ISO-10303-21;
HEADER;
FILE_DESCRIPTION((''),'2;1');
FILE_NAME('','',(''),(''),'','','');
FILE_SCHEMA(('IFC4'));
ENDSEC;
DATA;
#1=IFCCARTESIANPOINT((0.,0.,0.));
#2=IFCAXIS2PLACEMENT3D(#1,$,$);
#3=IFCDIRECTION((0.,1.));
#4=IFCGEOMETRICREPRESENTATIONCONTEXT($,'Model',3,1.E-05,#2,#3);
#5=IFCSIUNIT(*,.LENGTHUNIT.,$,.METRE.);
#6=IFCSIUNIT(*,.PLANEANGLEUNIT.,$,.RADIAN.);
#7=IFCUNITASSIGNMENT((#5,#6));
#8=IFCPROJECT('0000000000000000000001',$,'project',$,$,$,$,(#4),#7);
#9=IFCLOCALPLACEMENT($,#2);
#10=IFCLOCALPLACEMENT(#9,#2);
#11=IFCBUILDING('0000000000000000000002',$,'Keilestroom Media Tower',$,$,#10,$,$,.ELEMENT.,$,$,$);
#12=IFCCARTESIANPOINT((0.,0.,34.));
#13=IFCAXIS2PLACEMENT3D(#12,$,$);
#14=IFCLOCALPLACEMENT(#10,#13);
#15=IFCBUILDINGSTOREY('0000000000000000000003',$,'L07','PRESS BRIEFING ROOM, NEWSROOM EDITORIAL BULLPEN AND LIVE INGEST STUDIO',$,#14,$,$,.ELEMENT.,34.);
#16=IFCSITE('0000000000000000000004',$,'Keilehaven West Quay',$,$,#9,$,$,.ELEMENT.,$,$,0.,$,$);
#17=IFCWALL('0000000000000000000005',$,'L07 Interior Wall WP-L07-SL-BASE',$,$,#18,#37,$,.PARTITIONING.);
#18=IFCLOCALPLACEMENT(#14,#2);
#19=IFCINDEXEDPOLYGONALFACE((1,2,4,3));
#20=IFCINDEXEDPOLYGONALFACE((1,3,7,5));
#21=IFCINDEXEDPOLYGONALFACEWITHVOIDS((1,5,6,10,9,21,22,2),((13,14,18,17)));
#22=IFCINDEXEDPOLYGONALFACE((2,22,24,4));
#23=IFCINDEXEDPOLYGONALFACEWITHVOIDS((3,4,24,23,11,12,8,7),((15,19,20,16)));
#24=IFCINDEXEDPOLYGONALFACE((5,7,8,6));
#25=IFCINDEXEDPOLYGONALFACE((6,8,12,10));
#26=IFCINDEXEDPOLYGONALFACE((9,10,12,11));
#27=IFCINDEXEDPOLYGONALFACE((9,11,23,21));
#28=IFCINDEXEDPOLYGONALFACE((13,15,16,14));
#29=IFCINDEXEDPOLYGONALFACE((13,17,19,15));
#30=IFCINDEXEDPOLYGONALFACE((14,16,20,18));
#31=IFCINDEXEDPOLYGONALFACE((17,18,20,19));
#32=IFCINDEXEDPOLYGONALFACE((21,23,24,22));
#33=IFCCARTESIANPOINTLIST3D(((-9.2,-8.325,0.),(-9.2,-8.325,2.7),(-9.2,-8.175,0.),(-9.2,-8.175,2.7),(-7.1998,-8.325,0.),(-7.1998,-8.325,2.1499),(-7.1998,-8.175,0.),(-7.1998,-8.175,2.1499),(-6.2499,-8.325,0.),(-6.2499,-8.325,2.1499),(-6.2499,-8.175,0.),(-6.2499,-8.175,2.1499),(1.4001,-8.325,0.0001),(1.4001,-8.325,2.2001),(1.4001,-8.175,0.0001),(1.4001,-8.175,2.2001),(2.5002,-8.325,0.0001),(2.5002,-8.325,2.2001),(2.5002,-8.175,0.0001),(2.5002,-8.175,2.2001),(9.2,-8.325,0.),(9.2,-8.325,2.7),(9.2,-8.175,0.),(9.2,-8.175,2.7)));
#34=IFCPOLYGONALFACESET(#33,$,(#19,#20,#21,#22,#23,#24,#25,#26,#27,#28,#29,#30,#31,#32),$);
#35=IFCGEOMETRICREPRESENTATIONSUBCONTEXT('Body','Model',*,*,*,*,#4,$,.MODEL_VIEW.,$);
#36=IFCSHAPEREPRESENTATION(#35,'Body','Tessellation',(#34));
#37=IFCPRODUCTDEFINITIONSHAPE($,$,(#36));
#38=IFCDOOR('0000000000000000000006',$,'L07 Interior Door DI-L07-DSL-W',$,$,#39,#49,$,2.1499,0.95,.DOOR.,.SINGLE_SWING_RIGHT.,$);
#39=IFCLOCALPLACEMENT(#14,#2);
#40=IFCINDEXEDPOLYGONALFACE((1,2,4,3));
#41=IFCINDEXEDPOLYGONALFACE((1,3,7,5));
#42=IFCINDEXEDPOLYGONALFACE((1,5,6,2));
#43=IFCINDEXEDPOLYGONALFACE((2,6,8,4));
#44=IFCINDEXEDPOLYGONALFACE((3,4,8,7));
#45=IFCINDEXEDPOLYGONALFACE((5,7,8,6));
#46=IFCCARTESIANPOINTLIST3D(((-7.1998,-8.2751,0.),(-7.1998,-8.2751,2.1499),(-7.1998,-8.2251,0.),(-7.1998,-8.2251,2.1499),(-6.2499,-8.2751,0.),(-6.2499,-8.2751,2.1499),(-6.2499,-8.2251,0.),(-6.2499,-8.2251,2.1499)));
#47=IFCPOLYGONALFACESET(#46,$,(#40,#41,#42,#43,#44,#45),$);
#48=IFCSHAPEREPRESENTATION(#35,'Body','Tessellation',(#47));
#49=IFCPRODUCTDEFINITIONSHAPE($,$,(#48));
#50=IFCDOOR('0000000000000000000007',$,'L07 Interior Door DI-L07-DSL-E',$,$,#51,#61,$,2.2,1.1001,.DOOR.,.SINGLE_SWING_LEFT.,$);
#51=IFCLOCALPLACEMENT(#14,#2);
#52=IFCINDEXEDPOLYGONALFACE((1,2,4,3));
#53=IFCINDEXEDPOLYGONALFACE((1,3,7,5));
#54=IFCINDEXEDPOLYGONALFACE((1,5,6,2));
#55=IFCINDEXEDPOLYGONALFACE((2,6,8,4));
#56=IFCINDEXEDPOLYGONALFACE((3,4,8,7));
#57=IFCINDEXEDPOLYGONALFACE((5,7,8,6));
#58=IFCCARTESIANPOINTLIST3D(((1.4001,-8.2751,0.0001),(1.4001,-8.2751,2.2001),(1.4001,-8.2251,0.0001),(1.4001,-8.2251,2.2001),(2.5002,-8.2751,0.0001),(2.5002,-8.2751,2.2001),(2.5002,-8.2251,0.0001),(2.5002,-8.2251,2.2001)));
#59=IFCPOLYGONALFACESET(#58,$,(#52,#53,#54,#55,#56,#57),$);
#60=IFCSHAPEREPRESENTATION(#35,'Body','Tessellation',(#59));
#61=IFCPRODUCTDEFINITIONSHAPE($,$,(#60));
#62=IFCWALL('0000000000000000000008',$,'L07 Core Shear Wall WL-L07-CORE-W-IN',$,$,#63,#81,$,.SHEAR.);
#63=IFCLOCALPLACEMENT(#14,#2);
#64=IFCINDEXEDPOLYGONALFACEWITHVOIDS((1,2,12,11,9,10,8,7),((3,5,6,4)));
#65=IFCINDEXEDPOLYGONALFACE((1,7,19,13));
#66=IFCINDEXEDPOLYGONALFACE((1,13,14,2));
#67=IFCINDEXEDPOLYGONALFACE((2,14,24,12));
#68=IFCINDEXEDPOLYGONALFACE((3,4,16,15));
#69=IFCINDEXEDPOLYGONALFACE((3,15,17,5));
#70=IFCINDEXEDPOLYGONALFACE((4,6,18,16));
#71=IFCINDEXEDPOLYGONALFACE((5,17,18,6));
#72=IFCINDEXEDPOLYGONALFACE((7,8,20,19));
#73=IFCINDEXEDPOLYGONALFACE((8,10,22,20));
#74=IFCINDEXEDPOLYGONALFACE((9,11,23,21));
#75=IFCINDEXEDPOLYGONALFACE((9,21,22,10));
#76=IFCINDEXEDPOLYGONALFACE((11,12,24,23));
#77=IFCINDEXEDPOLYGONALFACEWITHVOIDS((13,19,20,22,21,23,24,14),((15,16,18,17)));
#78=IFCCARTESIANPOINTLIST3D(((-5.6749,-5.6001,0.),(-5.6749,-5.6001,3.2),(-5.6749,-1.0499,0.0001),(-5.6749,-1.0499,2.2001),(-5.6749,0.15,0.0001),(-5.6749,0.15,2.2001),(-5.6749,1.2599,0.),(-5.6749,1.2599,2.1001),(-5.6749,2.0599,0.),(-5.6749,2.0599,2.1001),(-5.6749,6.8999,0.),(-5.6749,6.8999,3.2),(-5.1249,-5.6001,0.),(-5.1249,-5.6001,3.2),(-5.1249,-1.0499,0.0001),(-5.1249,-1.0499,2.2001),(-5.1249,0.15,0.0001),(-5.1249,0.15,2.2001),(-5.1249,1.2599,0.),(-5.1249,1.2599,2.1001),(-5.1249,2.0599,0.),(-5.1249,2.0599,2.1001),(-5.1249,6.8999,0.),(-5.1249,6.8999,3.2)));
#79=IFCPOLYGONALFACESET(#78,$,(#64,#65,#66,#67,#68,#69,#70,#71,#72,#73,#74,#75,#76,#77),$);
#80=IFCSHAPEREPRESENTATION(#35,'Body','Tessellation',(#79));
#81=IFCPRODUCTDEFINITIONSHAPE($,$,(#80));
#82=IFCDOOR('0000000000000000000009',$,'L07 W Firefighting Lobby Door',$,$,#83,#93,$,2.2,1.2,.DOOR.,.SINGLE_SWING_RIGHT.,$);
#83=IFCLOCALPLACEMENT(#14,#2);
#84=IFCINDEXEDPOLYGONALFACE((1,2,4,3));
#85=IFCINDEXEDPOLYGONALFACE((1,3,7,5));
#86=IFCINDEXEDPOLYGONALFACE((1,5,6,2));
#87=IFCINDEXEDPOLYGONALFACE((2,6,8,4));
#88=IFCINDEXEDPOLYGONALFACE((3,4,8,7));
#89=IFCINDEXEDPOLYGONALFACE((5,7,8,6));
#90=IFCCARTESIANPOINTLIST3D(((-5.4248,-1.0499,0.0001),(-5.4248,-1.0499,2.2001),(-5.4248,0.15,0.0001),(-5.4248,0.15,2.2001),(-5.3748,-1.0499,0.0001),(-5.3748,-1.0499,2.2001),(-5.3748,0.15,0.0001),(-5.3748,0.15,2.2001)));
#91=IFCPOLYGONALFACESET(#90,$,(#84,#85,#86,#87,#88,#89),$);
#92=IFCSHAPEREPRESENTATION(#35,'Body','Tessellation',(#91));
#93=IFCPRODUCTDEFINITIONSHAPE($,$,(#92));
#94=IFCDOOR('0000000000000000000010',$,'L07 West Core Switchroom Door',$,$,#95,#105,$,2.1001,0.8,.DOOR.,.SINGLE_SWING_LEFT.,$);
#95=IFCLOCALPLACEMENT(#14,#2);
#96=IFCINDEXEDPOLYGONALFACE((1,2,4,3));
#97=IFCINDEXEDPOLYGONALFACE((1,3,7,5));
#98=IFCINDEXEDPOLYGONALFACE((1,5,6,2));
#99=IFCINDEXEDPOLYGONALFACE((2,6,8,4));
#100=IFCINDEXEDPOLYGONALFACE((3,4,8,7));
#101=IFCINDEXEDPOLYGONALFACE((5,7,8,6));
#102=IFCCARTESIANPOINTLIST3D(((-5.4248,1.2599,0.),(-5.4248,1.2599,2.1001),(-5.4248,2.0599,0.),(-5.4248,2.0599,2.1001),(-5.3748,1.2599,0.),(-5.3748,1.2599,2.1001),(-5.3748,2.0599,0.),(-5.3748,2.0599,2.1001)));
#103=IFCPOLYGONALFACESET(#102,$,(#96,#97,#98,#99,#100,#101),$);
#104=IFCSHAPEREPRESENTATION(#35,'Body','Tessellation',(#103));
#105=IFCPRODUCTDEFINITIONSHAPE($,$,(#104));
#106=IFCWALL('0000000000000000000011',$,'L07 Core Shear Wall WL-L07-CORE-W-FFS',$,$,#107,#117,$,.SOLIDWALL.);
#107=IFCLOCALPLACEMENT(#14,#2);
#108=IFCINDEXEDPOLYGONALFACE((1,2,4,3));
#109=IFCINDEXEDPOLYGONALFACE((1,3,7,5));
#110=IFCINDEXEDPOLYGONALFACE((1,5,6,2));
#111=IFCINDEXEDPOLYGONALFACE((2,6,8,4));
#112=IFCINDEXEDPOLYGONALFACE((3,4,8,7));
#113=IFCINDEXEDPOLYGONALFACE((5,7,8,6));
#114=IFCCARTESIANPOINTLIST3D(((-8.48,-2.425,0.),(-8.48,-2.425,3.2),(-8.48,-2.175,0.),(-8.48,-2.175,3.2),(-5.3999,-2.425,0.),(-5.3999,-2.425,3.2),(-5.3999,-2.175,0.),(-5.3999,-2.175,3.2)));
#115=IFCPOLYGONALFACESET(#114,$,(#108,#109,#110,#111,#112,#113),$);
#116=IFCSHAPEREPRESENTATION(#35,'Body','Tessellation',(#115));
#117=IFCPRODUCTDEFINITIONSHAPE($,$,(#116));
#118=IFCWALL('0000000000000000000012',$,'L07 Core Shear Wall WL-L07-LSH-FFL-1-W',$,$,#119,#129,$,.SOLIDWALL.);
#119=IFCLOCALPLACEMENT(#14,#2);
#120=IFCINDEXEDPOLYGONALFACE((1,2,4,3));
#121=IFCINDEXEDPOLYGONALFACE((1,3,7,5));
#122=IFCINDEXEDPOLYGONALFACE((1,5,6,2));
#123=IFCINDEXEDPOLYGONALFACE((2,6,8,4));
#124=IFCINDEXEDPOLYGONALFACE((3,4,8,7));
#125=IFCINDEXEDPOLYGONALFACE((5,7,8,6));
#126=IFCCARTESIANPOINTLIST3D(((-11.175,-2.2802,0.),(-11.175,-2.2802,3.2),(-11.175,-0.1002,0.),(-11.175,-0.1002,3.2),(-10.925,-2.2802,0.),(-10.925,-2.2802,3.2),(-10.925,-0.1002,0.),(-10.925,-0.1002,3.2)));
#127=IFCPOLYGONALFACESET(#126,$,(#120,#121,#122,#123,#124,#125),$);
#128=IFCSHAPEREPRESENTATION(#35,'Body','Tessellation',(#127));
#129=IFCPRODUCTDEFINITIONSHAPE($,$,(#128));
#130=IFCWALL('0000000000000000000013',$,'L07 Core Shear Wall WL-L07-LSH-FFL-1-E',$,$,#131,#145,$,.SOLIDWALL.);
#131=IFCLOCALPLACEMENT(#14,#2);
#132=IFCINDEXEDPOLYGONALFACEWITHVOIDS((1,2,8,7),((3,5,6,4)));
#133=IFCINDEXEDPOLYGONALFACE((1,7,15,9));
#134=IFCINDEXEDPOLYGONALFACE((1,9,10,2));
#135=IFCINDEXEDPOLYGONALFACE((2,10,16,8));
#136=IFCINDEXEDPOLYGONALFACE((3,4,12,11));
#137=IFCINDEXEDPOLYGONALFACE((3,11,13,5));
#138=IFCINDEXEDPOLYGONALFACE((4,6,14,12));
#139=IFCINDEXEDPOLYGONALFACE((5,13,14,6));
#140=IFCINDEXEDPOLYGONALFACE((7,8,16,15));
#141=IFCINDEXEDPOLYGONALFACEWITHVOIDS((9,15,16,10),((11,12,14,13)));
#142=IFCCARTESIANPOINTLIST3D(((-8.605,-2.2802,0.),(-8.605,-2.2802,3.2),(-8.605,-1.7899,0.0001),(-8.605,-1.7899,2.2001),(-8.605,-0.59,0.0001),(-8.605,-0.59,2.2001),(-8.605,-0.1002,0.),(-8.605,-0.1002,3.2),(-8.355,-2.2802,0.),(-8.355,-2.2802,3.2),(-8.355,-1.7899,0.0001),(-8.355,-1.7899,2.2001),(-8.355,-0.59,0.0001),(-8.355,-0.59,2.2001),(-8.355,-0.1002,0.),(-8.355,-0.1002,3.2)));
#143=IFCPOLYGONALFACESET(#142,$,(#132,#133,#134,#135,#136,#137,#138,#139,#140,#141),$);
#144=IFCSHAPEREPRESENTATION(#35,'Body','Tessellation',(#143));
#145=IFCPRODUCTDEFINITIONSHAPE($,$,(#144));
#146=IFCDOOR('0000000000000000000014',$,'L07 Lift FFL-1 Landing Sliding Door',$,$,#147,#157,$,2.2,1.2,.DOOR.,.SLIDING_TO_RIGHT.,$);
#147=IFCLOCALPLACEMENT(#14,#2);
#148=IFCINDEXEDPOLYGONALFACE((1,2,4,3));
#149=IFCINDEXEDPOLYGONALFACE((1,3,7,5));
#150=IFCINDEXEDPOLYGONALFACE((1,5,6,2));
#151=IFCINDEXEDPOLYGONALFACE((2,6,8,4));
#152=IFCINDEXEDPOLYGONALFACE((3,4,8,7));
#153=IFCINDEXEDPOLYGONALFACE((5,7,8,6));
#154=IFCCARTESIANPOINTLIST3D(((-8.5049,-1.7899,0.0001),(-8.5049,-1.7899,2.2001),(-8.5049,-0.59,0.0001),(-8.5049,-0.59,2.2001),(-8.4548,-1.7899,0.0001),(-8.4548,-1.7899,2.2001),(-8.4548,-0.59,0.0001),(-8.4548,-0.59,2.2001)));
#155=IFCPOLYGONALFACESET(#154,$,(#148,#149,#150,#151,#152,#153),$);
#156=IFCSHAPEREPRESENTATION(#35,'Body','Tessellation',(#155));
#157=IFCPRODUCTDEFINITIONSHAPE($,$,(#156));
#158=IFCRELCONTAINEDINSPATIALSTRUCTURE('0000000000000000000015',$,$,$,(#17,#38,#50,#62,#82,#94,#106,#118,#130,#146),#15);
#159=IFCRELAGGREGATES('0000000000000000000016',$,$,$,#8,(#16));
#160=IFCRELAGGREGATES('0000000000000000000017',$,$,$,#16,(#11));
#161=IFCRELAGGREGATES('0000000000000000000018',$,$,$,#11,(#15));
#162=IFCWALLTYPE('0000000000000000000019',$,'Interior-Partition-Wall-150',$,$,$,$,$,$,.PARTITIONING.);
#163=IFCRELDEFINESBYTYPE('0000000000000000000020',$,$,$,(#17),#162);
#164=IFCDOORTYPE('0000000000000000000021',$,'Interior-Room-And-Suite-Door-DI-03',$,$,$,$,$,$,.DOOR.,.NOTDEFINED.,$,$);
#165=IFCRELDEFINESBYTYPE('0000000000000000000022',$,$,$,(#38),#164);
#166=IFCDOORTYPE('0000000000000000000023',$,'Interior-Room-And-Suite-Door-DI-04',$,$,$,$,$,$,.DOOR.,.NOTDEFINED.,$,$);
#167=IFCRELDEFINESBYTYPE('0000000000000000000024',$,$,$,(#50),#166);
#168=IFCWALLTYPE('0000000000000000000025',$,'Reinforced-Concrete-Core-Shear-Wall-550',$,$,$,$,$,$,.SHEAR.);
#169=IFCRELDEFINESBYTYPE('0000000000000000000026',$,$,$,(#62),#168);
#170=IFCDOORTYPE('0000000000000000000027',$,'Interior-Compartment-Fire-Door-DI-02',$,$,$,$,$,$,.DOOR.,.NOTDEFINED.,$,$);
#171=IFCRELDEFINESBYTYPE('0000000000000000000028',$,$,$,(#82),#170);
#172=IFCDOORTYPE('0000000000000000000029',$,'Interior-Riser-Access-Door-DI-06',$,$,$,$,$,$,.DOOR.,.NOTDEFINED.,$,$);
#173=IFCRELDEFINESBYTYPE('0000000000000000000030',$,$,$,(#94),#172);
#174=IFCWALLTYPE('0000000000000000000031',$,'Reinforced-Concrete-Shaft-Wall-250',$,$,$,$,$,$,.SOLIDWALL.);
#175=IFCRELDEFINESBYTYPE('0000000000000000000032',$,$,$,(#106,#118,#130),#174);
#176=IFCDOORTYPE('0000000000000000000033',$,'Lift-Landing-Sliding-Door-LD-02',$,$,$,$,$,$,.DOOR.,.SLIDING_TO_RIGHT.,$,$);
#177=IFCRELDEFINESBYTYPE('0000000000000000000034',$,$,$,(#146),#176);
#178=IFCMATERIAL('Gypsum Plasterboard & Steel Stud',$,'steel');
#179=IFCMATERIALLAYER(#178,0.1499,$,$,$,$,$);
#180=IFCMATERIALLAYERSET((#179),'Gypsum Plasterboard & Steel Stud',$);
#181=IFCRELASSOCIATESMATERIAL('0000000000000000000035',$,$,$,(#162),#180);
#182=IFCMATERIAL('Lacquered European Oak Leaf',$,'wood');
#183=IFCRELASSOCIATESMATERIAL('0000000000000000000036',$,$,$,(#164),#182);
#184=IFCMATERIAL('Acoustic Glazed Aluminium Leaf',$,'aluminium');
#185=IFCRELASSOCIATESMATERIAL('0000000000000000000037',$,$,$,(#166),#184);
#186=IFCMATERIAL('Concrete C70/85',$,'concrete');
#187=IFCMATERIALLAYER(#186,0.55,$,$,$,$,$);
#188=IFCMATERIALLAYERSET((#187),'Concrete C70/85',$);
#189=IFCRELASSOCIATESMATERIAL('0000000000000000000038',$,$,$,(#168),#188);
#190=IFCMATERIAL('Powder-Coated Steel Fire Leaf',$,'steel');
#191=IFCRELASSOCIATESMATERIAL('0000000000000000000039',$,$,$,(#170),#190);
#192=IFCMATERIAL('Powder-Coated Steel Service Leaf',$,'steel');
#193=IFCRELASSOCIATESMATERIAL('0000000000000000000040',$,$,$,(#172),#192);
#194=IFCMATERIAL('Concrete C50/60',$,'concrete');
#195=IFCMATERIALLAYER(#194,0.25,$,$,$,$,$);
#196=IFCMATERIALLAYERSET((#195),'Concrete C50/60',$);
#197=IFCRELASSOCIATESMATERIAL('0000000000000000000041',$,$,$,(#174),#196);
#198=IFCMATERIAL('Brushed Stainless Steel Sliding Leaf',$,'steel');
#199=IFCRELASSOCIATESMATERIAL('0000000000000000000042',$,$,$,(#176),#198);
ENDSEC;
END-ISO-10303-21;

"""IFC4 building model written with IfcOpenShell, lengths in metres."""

from ifc_helpers import new_model, si_unit, direction, frame, frame_2d, origin, place, context, subcontext, project, spatial, rectangle, extrude, source, transform, mapped, material, layer, layer_set, type_object, element, fill, save


model = new_model("IFC4")

# Units and contexts
model_context = context("Model", 3, precision=1e-05, world=origin(), true_north=direction((0.0, 1.0)))
body_context = subcontext(model_context, "Body", "Model", "MODEL_VIEW")
ifc_project = project(units=[si_unit("LENGTHUNIT", "METRE"), si_unit("PLANEANGLEUNIT", "RADIAN")], contexts=[model_context])

# Site, building, storey
site_placement = place(None, origin())
site = spatial("IfcSite", under=ifc_project, at=site_placement, Name="Keilehaven West Quay", CompositionType="ELEMENT", RefElevation=0.0)
building_placement = place(site_placement, origin())
building = spatial("IfcBuilding", under=site, at=building_placement, Name="Keilestroom Media Tower", CompositionType="ELEMENT")
storey_placement = place(building_placement, frame((0.0, 0.0, 34.0)))
storey = spatial("IfcBuildingStorey", under=building, at=storey_placement, Name="L07", Description="PRESS BRIEFING ROOM, NEWSROOM EDITORIAL BULLPEN AND LIVE INGEST STUDIO", CompositionType="ELEMENT", Elevation=34.0)

# Shared definitions
ifc_material_1 = material(Name="Concrete C70/85", Category="concrete")

# Walls, openings, doors
ifc_material_2 = material(Name="Gypsum Plasterboard & Steel Stud", Category="steel")
ifc_layer_1 = layer(ifc_material_2, 0.1499)
ifc_layer_set_1 = layer_set([ifc_layer_1], Name="Gypsum Plasterboard & Steel Stud")
wall_type_1 = type_object("IfcWallType", Name="Interior-Partition-Wall-150", PredefinedType="PARTITIONING", material=ifc_layer_set_1)
wall_1_placement = place(storey_placement, frame((-9.2, -8.25, 0.0), z_axis=(0.0, 0.0, 1.0), x_axis=(1.0, 0.0, 0.0)))
wall_1 = element("IfcWall", 1, at=wall_1_placement, inside=storey, type_object=wall_type_1, Name="L07 Interior Wall WP-L07-SL-BASE", PredefinedType="PARTITIONING", context=body_context, shape_type="SweptSolid", body=[
    extrude(rectangle(XDim=18.3999, YDim=0.1499, at=frame_2d((9.2, 0.0))), origin(), (0.0, 0.0, 1.0), 2.7),
])
opening_1_placement = place(wall_1_placement, frame((2.0, 0.0, 0.0)))
opening_1 = element("IfcOpeningElement", 2, at=opening_1_placement, cuts=wall_1, PredefinedType="OPENING", context=body_context, shape_type="SweptSolid", body=[
    extrude(rectangle(XDim=0.95, YDim=2.1499, at=frame_2d((0.4751, 1.075))), frame((0.0, 0.085, 0.0), z_axis=(0.0, -1.0, 0.0), x_axis=(1.0, 0.0, 0.0)), (0.0, 0.0, 1.0), 0.1699),
])
opening_2_placement = place(wall_1_placement, frame((10.6001, 0.0, 0.0)))
opening_2 = element("IfcOpeningElement", 3, at=opening_2_placement, cuts=wall_1, PredefinedType="OPENING", context=body_context, shape_type="SweptSolid", body=[
    extrude(rectangle(XDim=1.1001, YDim=2.2, at=frame_2d((0.55, 1.1001))), frame((0.0, 0.085, 0.0), z_axis=(0.0, -1.0, 0.0), x_axis=(1.0, 0.0, 0.0)), (0.0, 0.0, 1.0), 0.1699),
])
ifc_material_3 = material(Name="Lacquered European Oak Leaf", Category="wood")
door_type_1 = type_object("IfcDoorType", Name="Interior-Room-And-Suite-Door-DI-03", OperationType="NOTDEFINED", PredefinedType="DOOR", material=ifc_material_3)
shared_shape_1 = source(origin(), body_context, "Body", "SweptSolid", [
    extrude(rectangle(XDim=0.95, YDim=2.1499, at=frame_2d((0.4751, 1.075))), frame((0.0, 0.0249, 0.0), z_axis=(0.0, -1.0, 0.0), x_axis=(1.0, 0.0, 0.0)), (0.0, 0.0, 1.0), 0.05),
])
door_1_placement = place(opening_1_placement, origin())
door_1 = element("IfcDoor", 4, at=door_1_placement, inside=storey, type_object=door_type_1, Name="L07 Interior Door DI-L07-DSL-W", OperationType="SINGLE_SWING_RIGHT", OverallHeight=2.1499, OverallWidth=0.95, PredefinedType="DOOR", context=body_context, shape_type="MappedRepresentation", body=[
    mapped(shared_shape_1, transform((0.0, 0.0, 0.0), x_axis=(1.0, 0.0, 0.0), y_axis=(0.0, 1.0, 0.0), z_axis=(0.0, 0.0, 1.0), scale=1.0)),
])
fill(opening_1, door_1)
ifc_material_4 = material(Name="Acoustic Glazed Aluminium Leaf", Category="aluminium")
door_type_2 = type_object("IfcDoorType", Name="Interior-Room-And-Suite-Door-DI-04", OperationType="NOTDEFINED", PredefinedType="DOOR", material=ifc_material_4)
shared_shape_2 = source(origin(), body_context, "Body", "SweptSolid", [
    extrude(rectangle(XDim=1.1001, YDim=2.2, at=frame_2d((0.55, 1.1001))), frame((0.0, 0.0249, 0.0), z_axis=(0.0, -1.0, 0.0), x_axis=(1.0, 0.0, 0.0)), (0.0, 0.0, 1.0), 0.05),
])
door_2_placement = place(opening_2_placement, origin())
door_2 = element("IfcDoor", 5, at=door_2_placement, inside=storey, type_object=door_type_2, Name="L07 Interior Door DI-L07-DSL-E", OperationType="SINGLE_SWING_LEFT", OverallHeight=2.2, OverallWidth=1.1001, PredefinedType="DOOR", context=body_context, shape_type="MappedRepresentation", body=[
    mapped(shared_shape_2, transform((0.0, 0.0, 0.0), x_axis=(1.0, 0.0, 0.0), y_axis=(0.0, 1.0, 0.0), z_axis=(0.0, 0.0, 1.0), scale=1.0)),
])
fill(opening_2, door_2)
ifc_layer_2 = layer(ifc_material_1, 0.55)
ifc_layer_set_2 = layer_set([ifc_layer_2], Name="Concrete C70/85")
wall_type_2 = type_object("IfcWallType", Name="Reinforced-Concrete-Core-Shear-Wall-550", PredefinedType="SHEAR", material=ifc_layer_set_2)
wall_2_placement = place(storey_placement, frame((-5.3999, -5.6001, 0.0), z_axis=(0.0, 0.0, 1.0), x_axis=(0.0, 1.0, 0.0)))
wall_2 = element("IfcWall", 6, at=wall_2_placement, inside=storey, type_object=wall_type_2, Name="L07 Core Shear Wall WL-L07-CORE-W-IN", PredefinedType="SHEAR", context=body_context, shape_type="SweptSolid", body=[
    extrude(rectangle(XDim=12.5, YDim=0.55, at=frame_2d((6.25, 0.0))), origin(), (0.0, 0.0, 1.0), 3.2),
])
opening_3_placement = place(wall_2_placement, frame((4.55, 0.0, 0.0)))
opening_3 = element("IfcOpeningElement", 7, at=opening_3_placement, cuts=wall_2, PredefinedType="OPENING", context=body_context, shape_type="SweptSolid", body=[
    extrude(rectangle(XDim=1.2, YDim=2.2, at=frame_2d((0.6001, 1.1001))), frame((0.0, 0.2852, 0.0), z_axis=(0.0, -1.0, 0.0), x_axis=(1.0, 0.0, 0.0)), (0.0, 0.0, 1.0), 0.5701),
])
opening_4_placement = place(wall_2_placement, frame((6.8601, 0.0, 0.0)))
opening_4 = element("IfcOpeningElement", 8, at=opening_4_placement, cuts=wall_2, PredefinedType="OPENING", context=body_context, shape_type="SweptSolid", body=[
    extrude(rectangle(XDim=0.8, YDim=2.1001, at=frame_2d((0.3999, 1.05))), frame((0.0, 0.2852, 0.0), z_axis=(0.0, -1.0, 0.0), x_axis=(1.0, 0.0, 0.0)), (0.0, 0.0, 1.0), 0.5701),
])
ifc_material_5 = material(Name="Powder-Coated Steel Fire Leaf", Category="steel")
door_type_3 = type_object("IfcDoorType", Name="Interior-Compartment-Fire-Door-DI-02", OperationType="NOTDEFINED", PredefinedType="DOOR", material=ifc_material_5)
shared_shape_3 = source(origin(), body_context, "Body", "SweptSolid", [
    extrude(rectangle(XDim=1.2, YDim=2.2, at=frame_2d((0.6001, 1.1001))), frame((0.0, 0.0249, 0.0), z_axis=(0.0, -1.0, 0.0), x_axis=(1.0, 0.0, 0.0)), (0.0, 0.0, 1.0), 0.05),
])
door_3_placement = place(opening_3_placement, origin())
door_3 = element("IfcDoor", 9, at=door_3_placement, inside=storey, type_object=door_type_3, Name="L07 W Firefighting Lobby Door", OperationType="SINGLE_SWING_RIGHT", OverallHeight=2.2, OverallWidth=1.2, PredefinedType="DOOR", context=body_context, shape_type="MappedRepresentation", body=[
    mapped(shared_shape_3, transform((0.0, 0.0, 0.0), x_axis=(1.0, 0.0, 0.0), y_axis=(0.0, 1.0, 0.0), z_axis=(0.0, 0.0, 1.0), scale=1.0)),
])
fill(opening_3, door_3)
ifc_material_6 = material(Name="Powder-Coated Steel Service Leaf", Category="steel")
door_type_4 = type_object("IfcDoorType", Name="Interior-Riser-Access-Door-DI-06", OperationType="NOTDEFINED", PredefinedType="DOOR", material=ifc_material_6)
shared_shape_4 = source(origin(), body_context, "Body", "SweptSolid", [
    extrude(rectangle(XDim=0.8, YDim=2.1001, at=frame_2d((0.3999, 1.05))), frame((0.0, 0.0249, 0.0), z_axis=(0.0, -1.0, 0.0), x_axis=(1.0, 0.0, 0.0)), (0.0, 0.0, 1.0), 0.05),
])
door_4_placement = place(opening_4_placement, origin())
door_4 = element("IfcDoor", 10, at=door_4_placement, inside=storey, type_object=door_type_4, Name="L07 West Core Switchroom Door", OperationType="SINGLE_SWING_LEFT", OverallHeight=2.1001, OverallWidth=0.8, PredefinedType="DOOR", context=body_context, shape_type="MappedRepresentation", body=[
    mapped(shared_shape_4, transform((0.0, 0.0, 0.0), x_axis=(1.0, 0.0, 0.0), y_axis=(0.0, 1.0, 0.0), z_axis=(0.0, 0.0, 1.0), scale=1.0)),
])
fill(opening_4, door_4)

# Walls
ifc_material_7 = material(Name="Concrete C50/60", Category="concrete")
ifc_layer_3 = layer(ifc_material_7, 0.25)
ifc_layer_set_3 = layer_set([ifc_layer_3], Name="Concrete C50/60")
wall_type_3 = type_object("IfcWallType", Name="Reinforced-Concrete-Shaft-Wall-250", PredefinedType="SOLIDWALL", material=ifc_layer_set_3)
wall_3_placement = place(storey_placement, frame((-8.48, -2.3, 0.0), z_axis=(0.0, 0.0, 1.0), x_axis=(1.0, 0.0, 0.0)))
element("IfcWall", 11, at=wall_3_placement, inside=storey, type_object=wall_type_3, Name="L07 Core Shear Wall WL-L07-CORE-W-FFS", PredefinedType="SOLIDWALL", context=body_context, shape_type="SweptSolid", body=[
    extrude(rectangle(XDim=3.0801, YDim=0.25, at=frame_2d((1.54, 0.0))), origin(), (0.0, 0.0, 1.0), 3.2),
])
wall_4_placement = place(storey_placement, frame((-11.05, -2.28, 0.0), z_axis=(0.0, 0.0, 1.0), x_axis=(0.0, 1.0, 0.0)))
element("IfcWall", 12, at=wall_4_placement, inside=storey, type_object=wall_type_3, Name="L07 Core Shear Wall WL-L07-LSH-FFL-1-W", PredefinedType="SOLIDWALL", context=body_context, shape_type="SweptSolid", body=[
    extrude(rectangle(XDim=2.1799, YDim=0.25, at=frame_2d((1.0898, 0.0))), origin(), (0.0, 0.0, 1.0), 3.2),
])

# Wall, opening, door
wall_5_placement = place(storey_placement, frame((-8.48, -2.28, 0.0), z_axis=(0.0, 0.0, 1.0), x_axis=(0.0, 1.0, 0.0)))
wall_5 = element("IfcWall", 13, at=wall_5_placement, inside=storey, type_object=wall_type_3, Name="L07 Core Shear Wall WL-L07-LSH-FFL-1-E", PredefinedType="SOLIDWALL", context=body_context, shape_type="SweptSolid", body=[
    extrude(rectangle(XDim=2.1799, YDim=0.25, at=frame_2d((1.0898, 0.0))), origin(), (0.0, 0.0, 1.0), 3.2),
])
opening_5_placement = place(wall_5_placement, frame((0.49, 0.0, 0.0)))
opening_5 = element("IfcOpeningElement", 14, at=opening_5_placement, cuts=wall_5, PredefinedType="OPENING", context=body_context, shape_type="SweptSolid", body=[
    extrude(rectangle(XDim=1.2, YDim=2.2, at=frame_2d((0.6001, 1.1001))), frame((0.0, 0.135, 0.0), z_axis=(0.0, -1.0, 0.0), x_axis=(1.0, 0.0, 0.0)), (0.0, 0.0, 1.0), 0.27),
])
ifc_material_8 = material(Name="Brushed Stainless Steel Sliding Leaf", Category="steel")
door_type_5 = type_object("IfcDoorType", Name="Lift-Landing-Sliding-Door-LD-02", OperationType="SLIDING_TO_RIGHT", PredefinedType="DOOR", material=ifc_material_8)
door_5_placement = place(opening_5_placement, origin())
door_5 = element("IfcDoor", 15, at=door_5_placement, inside=storey, type_object=door_type_5, Name="L07 Lift FFL-1 Landing Sliding Door", OperationType="SLIDING_TO_RIGHT", OverallHeight=2.2, OverallWidth=1.2, PredefinedType="DOOR", context=body_context, shape_type="MappedRepresentation", body=[
    mapped(shared_shape_3, transform((0.0, 0.0, 0.0), x_axis=(1.0, 0.0, 0.0), y_axis=(0.0, 1.0, 0.0), z_axis=(0.0, 0.0, 1.0), scale=1.0)),
])
fill(opening_5, door_5)

save(model, "model.ifc")
